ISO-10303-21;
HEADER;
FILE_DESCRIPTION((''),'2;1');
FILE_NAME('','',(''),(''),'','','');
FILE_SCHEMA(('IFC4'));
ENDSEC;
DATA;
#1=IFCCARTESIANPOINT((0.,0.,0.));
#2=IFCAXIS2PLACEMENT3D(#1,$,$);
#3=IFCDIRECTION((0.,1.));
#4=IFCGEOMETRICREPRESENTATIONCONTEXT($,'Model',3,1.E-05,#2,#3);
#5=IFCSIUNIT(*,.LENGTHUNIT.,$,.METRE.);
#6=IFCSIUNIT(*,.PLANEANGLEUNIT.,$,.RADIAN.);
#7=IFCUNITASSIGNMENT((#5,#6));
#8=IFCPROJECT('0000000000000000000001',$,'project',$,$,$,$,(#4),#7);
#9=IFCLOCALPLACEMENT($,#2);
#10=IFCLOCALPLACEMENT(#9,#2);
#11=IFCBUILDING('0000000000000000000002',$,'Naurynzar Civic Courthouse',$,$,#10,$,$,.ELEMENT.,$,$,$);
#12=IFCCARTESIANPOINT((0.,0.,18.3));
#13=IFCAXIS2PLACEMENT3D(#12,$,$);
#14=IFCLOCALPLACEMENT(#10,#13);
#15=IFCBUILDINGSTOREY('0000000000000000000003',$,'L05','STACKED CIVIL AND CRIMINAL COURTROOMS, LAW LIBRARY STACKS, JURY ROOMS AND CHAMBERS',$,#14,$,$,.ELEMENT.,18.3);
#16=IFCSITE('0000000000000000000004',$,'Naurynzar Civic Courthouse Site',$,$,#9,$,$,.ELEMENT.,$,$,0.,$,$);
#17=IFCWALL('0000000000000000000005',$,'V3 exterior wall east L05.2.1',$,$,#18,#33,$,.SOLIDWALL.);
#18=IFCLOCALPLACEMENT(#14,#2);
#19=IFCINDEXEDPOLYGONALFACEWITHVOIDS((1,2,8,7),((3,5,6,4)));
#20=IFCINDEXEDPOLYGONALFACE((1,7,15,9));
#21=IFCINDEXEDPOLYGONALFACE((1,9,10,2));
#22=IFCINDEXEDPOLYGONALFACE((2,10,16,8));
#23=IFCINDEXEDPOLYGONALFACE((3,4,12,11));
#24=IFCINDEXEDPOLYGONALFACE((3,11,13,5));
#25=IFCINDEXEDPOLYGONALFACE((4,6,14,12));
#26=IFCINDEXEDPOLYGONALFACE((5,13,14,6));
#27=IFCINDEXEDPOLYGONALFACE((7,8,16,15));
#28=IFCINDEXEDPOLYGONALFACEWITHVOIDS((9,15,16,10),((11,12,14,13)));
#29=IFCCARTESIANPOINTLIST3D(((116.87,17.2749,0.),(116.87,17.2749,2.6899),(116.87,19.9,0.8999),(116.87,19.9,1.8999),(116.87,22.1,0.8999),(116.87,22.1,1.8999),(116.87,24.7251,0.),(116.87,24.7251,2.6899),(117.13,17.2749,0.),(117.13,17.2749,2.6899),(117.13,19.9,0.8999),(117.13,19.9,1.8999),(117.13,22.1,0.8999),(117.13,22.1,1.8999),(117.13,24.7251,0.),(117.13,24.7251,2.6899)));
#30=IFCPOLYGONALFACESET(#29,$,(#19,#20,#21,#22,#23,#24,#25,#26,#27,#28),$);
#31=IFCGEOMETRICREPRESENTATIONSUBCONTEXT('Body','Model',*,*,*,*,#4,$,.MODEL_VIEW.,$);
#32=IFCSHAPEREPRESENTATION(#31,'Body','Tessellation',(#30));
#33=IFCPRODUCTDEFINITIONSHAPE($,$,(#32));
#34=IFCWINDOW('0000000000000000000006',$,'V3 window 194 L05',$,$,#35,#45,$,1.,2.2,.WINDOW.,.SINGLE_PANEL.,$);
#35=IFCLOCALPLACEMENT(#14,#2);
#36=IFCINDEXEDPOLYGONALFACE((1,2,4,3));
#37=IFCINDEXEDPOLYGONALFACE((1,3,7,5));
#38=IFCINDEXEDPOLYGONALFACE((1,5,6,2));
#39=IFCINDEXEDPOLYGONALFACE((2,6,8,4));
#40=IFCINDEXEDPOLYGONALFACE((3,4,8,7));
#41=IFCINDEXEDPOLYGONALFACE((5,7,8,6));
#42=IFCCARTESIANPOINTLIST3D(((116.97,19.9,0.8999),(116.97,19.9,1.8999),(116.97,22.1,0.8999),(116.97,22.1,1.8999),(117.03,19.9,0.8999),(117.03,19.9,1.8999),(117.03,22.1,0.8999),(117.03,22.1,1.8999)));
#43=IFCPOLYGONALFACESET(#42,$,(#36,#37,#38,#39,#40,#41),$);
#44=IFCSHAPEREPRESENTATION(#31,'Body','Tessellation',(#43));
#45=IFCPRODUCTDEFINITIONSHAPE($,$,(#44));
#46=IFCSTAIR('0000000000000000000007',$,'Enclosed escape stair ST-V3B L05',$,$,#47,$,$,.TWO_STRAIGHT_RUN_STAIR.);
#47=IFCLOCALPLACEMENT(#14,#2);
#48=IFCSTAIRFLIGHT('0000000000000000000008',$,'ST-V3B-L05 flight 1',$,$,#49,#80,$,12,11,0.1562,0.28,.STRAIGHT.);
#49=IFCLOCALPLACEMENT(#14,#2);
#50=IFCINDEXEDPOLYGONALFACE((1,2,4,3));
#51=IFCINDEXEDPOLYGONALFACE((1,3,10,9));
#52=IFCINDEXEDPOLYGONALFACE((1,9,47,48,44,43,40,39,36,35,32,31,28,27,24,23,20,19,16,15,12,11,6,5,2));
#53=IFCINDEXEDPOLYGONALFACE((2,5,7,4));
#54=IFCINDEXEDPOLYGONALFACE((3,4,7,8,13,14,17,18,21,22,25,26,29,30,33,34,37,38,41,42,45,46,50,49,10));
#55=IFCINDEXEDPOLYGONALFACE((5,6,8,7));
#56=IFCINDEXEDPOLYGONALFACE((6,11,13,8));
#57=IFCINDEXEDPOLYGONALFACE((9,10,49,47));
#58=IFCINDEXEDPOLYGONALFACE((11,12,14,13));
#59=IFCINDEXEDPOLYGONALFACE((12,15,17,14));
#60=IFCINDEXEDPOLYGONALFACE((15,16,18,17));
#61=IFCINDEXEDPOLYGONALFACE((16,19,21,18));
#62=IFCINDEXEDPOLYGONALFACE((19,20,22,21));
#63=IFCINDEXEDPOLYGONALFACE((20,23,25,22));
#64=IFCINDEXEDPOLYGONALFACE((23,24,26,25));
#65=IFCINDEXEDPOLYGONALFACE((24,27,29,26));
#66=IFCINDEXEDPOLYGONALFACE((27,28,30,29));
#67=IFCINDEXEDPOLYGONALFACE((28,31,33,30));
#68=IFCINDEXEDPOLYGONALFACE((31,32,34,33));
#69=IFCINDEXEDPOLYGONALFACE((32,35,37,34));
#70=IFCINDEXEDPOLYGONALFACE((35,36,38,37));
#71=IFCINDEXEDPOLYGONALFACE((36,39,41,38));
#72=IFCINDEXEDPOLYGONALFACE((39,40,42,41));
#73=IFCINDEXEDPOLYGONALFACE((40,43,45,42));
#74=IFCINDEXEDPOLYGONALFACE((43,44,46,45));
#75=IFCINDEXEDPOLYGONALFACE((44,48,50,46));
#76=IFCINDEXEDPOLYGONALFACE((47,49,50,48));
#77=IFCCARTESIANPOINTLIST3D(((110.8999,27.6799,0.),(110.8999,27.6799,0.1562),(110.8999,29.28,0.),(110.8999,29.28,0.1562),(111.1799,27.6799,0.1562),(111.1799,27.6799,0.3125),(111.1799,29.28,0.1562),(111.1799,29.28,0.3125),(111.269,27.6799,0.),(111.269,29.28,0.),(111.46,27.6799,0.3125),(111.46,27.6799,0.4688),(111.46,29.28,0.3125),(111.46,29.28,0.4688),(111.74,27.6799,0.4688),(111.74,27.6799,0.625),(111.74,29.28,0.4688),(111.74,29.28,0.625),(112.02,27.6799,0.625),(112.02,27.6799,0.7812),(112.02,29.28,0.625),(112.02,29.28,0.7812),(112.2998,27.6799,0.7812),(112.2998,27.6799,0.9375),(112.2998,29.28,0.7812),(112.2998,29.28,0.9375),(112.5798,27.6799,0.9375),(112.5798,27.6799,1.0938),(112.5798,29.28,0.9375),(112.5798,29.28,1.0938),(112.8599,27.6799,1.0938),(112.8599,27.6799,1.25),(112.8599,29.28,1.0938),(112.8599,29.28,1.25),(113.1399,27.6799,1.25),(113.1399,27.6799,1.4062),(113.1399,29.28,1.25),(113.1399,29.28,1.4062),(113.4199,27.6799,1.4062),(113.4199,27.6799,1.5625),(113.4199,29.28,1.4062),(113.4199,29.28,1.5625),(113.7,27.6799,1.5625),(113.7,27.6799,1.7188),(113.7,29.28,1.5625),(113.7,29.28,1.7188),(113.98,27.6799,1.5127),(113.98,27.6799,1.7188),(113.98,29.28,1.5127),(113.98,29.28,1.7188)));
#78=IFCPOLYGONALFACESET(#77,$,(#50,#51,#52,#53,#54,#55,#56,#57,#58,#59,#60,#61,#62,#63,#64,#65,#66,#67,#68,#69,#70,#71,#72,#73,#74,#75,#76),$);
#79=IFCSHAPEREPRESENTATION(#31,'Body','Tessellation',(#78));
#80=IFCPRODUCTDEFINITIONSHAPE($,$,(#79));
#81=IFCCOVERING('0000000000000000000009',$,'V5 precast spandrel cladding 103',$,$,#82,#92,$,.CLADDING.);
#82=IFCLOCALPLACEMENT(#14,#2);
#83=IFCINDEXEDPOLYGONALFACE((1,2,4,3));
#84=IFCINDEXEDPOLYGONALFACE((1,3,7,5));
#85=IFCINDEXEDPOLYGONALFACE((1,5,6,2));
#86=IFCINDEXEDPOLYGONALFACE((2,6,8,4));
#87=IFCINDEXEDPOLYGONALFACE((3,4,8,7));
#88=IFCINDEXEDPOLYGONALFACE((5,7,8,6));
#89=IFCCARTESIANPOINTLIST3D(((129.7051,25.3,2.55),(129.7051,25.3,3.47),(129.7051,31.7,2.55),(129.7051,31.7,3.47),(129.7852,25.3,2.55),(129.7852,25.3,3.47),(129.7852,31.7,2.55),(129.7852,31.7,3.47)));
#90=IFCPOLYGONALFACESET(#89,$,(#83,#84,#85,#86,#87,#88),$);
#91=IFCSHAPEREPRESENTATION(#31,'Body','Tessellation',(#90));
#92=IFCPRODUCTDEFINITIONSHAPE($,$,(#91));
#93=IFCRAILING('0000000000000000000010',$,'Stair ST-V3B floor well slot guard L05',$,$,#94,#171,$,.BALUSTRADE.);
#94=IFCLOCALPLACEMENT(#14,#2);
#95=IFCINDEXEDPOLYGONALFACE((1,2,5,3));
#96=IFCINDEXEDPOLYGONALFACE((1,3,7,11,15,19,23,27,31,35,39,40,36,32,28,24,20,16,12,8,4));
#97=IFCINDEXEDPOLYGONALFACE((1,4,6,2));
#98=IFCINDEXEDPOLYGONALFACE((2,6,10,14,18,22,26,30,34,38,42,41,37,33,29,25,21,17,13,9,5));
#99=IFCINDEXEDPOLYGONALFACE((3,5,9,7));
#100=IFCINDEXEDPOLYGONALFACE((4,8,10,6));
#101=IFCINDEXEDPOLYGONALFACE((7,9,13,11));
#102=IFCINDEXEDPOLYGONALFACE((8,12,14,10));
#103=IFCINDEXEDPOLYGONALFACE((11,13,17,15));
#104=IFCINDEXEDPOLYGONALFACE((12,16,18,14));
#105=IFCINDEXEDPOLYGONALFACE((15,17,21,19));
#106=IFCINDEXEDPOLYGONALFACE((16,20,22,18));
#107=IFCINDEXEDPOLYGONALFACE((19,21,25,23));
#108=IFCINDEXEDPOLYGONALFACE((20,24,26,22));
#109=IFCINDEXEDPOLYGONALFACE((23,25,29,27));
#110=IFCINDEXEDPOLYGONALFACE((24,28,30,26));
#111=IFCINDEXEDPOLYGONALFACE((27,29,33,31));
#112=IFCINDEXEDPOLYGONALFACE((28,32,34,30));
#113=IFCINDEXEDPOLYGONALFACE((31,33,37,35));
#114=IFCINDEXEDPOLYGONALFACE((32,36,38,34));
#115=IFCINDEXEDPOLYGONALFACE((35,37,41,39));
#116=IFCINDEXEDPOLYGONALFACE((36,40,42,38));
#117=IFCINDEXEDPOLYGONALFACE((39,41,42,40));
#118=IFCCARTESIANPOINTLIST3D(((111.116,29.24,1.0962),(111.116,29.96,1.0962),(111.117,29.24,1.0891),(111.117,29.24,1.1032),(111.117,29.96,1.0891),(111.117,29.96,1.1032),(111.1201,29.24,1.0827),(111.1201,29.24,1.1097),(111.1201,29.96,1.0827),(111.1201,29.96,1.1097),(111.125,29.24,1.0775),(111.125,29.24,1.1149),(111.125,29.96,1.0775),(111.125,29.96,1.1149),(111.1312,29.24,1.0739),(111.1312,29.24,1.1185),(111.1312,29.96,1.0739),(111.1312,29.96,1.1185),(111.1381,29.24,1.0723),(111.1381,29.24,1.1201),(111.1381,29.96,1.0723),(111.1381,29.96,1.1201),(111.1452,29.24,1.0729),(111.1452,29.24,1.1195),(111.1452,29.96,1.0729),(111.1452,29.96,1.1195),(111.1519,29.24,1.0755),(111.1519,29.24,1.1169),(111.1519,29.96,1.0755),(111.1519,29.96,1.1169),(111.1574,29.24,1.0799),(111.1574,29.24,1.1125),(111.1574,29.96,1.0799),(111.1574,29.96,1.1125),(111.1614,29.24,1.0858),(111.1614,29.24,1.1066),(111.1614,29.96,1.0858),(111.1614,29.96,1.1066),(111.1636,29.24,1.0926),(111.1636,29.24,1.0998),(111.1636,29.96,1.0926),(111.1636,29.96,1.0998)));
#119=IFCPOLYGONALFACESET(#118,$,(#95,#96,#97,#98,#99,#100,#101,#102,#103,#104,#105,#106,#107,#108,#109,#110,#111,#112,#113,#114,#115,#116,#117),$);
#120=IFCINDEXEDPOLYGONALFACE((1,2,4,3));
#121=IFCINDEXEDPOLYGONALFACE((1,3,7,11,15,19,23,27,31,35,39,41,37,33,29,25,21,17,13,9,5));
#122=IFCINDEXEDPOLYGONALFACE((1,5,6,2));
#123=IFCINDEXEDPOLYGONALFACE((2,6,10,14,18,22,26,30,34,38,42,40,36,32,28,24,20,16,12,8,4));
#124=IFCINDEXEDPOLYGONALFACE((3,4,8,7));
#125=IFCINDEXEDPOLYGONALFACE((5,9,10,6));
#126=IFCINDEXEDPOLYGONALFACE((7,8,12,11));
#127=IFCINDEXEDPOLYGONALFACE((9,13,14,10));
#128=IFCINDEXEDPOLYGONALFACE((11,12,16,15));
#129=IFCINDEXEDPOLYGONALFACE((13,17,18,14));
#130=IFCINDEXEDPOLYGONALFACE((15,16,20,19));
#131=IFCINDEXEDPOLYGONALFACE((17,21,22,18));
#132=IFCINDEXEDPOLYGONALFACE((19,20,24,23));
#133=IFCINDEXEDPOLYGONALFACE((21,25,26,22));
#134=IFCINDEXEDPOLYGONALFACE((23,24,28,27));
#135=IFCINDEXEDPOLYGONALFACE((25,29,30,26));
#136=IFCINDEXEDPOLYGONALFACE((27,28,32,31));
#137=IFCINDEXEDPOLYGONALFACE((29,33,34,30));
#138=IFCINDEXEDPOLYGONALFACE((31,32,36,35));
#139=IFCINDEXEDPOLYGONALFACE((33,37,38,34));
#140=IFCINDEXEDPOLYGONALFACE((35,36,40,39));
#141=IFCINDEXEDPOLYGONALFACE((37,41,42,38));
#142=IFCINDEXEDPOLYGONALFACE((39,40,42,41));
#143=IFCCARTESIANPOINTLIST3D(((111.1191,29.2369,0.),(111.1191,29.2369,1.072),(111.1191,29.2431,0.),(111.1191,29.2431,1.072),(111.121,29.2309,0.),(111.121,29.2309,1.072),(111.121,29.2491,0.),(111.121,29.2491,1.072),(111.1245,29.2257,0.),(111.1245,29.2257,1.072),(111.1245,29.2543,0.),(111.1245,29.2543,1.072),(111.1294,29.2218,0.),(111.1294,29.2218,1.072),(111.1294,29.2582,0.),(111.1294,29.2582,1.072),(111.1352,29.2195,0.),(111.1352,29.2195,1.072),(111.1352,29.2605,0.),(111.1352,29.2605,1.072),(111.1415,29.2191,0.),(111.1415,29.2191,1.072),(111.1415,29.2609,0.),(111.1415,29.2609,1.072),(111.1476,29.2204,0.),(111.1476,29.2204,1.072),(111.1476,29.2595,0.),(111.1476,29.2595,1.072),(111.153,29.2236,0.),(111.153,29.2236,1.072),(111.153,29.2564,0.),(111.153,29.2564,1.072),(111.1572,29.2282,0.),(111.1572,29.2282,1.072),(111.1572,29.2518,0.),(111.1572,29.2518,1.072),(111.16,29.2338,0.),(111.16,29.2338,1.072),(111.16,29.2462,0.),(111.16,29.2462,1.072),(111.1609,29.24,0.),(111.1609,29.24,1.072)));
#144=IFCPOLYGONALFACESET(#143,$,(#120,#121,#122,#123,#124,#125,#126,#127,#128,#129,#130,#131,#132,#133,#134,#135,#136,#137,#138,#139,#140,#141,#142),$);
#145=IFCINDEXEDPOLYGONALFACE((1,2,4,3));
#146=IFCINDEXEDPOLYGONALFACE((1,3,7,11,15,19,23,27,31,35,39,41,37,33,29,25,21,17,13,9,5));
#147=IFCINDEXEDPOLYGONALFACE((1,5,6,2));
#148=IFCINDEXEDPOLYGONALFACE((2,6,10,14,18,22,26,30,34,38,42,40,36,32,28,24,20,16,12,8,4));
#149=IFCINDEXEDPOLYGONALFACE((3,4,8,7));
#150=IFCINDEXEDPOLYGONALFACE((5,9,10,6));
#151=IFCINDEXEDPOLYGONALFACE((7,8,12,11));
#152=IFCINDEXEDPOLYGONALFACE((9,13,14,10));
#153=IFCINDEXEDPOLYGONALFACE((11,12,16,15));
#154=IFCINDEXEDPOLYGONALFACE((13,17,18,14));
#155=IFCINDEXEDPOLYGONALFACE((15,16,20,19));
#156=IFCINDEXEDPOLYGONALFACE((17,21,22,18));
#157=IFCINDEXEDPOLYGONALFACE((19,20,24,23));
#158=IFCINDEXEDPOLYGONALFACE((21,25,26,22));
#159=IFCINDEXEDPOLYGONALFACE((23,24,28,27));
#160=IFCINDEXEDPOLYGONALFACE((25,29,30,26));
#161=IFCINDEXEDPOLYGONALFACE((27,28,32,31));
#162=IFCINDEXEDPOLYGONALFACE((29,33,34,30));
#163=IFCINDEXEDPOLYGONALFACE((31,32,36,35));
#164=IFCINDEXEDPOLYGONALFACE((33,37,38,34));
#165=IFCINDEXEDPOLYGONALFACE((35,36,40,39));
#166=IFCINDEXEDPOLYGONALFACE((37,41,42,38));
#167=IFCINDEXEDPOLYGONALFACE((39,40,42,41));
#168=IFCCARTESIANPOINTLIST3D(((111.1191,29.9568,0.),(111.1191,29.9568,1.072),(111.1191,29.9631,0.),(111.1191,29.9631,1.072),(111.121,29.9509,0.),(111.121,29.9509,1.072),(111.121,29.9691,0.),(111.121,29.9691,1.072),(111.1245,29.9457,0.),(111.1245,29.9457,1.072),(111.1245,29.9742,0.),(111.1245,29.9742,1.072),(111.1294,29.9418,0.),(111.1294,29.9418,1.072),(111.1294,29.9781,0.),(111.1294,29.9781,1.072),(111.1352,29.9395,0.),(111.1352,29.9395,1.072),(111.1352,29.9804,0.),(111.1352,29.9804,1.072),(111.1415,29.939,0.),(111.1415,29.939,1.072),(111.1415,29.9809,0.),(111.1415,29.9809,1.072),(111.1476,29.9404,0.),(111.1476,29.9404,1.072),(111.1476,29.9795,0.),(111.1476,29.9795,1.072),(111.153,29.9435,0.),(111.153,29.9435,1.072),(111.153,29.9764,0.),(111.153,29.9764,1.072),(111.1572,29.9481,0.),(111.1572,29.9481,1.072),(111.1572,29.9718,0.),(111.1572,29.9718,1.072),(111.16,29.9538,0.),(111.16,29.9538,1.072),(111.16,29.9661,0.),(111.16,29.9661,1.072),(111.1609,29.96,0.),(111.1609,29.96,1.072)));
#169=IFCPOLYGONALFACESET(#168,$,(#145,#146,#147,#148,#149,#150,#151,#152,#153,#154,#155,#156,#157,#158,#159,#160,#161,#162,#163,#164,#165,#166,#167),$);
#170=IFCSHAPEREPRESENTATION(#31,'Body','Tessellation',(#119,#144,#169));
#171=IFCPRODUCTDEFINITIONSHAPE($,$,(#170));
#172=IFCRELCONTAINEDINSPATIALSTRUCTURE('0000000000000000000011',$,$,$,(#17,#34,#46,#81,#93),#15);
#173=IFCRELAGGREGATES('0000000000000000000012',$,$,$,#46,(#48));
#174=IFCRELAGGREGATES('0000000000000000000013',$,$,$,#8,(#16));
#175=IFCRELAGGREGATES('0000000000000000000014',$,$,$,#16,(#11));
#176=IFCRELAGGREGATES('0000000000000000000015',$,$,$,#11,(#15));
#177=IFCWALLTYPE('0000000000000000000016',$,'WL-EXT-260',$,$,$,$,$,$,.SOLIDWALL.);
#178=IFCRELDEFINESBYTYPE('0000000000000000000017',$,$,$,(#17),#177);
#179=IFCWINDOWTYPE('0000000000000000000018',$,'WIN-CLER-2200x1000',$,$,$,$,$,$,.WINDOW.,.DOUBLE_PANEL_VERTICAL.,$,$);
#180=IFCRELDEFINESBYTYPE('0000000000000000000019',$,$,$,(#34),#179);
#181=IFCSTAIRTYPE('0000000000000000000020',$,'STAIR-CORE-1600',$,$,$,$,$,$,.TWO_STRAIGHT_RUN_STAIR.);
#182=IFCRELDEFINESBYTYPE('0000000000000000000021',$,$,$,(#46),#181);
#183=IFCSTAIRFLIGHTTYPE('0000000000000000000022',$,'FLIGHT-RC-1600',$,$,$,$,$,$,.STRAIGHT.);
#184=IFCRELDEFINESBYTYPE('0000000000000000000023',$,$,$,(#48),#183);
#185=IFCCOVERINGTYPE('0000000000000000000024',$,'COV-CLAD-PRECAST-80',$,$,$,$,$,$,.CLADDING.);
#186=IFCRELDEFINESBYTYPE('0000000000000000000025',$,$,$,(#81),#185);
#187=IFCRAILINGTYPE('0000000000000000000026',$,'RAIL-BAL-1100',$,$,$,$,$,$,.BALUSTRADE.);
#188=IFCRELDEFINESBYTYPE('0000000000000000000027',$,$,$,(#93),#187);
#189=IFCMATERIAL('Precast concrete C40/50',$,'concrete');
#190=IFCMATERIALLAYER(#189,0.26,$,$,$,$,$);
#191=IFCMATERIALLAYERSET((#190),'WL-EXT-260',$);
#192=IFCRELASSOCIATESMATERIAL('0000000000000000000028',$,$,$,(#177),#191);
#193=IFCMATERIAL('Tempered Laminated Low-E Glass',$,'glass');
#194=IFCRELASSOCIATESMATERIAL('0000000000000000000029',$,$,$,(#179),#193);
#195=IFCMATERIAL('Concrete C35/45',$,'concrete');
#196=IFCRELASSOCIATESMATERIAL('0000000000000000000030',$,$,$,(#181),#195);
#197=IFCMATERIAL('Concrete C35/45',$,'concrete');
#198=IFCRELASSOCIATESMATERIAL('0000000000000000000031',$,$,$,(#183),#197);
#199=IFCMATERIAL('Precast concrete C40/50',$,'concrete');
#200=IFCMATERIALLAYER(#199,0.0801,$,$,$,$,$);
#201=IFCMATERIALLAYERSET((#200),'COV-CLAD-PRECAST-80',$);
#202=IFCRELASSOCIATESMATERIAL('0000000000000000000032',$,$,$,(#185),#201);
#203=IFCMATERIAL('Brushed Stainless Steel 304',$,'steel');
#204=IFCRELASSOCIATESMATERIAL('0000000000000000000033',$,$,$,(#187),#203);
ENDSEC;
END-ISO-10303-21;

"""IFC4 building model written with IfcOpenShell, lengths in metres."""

from ifc_helpers import new_model, si_unit, direction, frame, frame_2d, origin, origin_2d, place, context, subcontext, project, spatial, polyline, rectangle, circle, outline, extrude, material, layer, layer_set, type_object, element, fill, aggregate, save


model = new_model("IFC4")

# Units and contexts
model_context = context("Model", 3, precision=1e-05, world=origin(), true_north=direction((0.0, 1.0)))
body_context = subcontext(model_context, "Body", "Model", "MODEL_VIEW")
ifc_project = project(units=[si_unit("LENGTHUNIT", "METRE"), si_unit("PLANEANGLEUNIT", "RADIAN")], contexts=[model_context])

# Site, building, storey
site_placement = place(None, origin())
site = spatial("IfcSite", under=ifc_project, at=site_placement, Name="Naurynzar Civic Courthouse Site", CompositionType="ELEMENT", RefElevation=0.0)
building_placement = place(site_placement, origin())
building = spatial("IfcBuilding", under=site, at=building_placement, Name="Naurynzar Civic Courthouse", CompositionType="ELEMENT")
storey_placement = place(building_placement, frame((0.0, 0.0, 18.3)))
storey = spatial("IfcBuildingStorey", under=building, at=storey_placement, Name="L05", Description="STACKED CIVIL AND CRIMINAL COURTROOMS, LAW LIBRARY STACKS, JURY ROOMS AND CHAMBERS", CompositionType="ELEMENT", Elevation=18.3)

# Wall, opening, window
ifc_material_1 = material(Name="Precast concrete C40/50", Category="concrete")
ifc_layer_1 = layer(ifc_material_1, 0.26)
ifc_layer_set_1 = layer_set([ifc_layer_1], Name="WL-EXT-260")
wall_type_1 = type_object("IfcWallType", Name="WL-EXT-260", PredefinedType="SOLIDWALL", material=ifc_layer_set_1)
wall_1_placement = place(storey_placement, frame((117.0, 24.7251, 0.0), z_axis=(0.0, 0.0, 1.0), x_axis=(0.0, -1.0, 0.0)))
wall_1 = element("IfcWall", 1, at=wall_1_placement, inside=storey, type_object=wall_type_1, Name="V3 exterior wall east L05.2.1", PredefinedType="SOLIDWALL", context=body_context, shape_type="SweptSolid", body=[
    extrude(rectangle(XDim=7.4502, YDim=0.26, at=frame_2d((3.7251, 0.0))), origin(), (0.0, 0.0, 1.0), 2.6899),
])
opening_1_placement = place(wall_1_placement, frame((2.625, 0.0, 0.8999)))
opening_1 = element("IfcOpeningElement", 2, at=opening_1_placement, cuts=wall_1, PredefinedType="OPENING", context=body_context, shape_type="SweptSolid", body=[
    extrude(rectangle(XDim=2.2, YDim=1.0, at=frame_2d((1.1001, 0.5))), frame((0.0, 0.1399, 0.0), z_axis=(0.0, -1.0, 0.0), x_axis=(1.0, 0.0, 0.0)), (0.0, 0.0, 1.0), 0.28),
])
ifc_material_2 = material(Name="Tempered Laminated Low-E Glass", Category="glass")
window_type = type_object("IfcWindowType", Name="WIN-CLER-2200x1000", PartitioningType="DOUBLE_PANEL_VERTICAL", PredefinedType="WINDOW", material=ifc_material_2)
window_placement = place(opening_1_placement, origin())
window = element("IfcWindow", 3, at=window_placement, inside=storey, type_object=window_type, Name="V3 window 194 L05", OverallHeight=1.0, OverallWidth=2.2, PartitioningType="SINGLE_PANEL", PredefinedType="WINDOW", context=body_context, shape_type="SweptSolid", body=[
    extrude(rectangle(XDim=2.2, YDim=1.0, at=frame_2d((1.1001, 0.5))), frame((0.0, 0.03, 0.0), z_axis=(0.0, -1.0, 0.0), x_axis=(1.0, 0.0, 0.0)), (0.0, 0.0, 1.0), 0.0601),
])
fill(opening_1, window)

# Stair, stair flight
ifc_material_3 = material(Name="Concrete C35/45", Category="concrete")
stair_type = type_object("IfcStairType", Name="STAIR-CORE-1600", PredefinedType="TWO_STRAIGHT_RUN_STAIR", material=ifc_material_3)
stair_placement = place(storey_placement, origin())
stair = element("IfcStair", 4, at=stair_placement, inside=storey, type_object=stair_type, Name="Enclosed escape stair ST-V3B L05", PredefinedType="TWO_STRAIGHT_RUN_STAIR")
ifc_material_4 = material(Name="Concrete C35/45", Category="concrete")
stair_flight_type = type_object("IfcStairFlightType", Name="FLIGHT-RC-1600", PredefinedType="STRAIGHT", material=ifc_material_4)
stair_flight_placement = place(storey_placement, frame((110.8999, 28.48, 0.0), z_axis=(0.0, 0.0, 1.0), x_axis=(1.0, 0.0, 0.0)))
stair_flight = element("IfcStairFlight", 5, at=stair_flight_placement, type_object=stair_flight_type, Name="ST-V3B-L05 flight 1", NumberOfRisers=12, NumberOfTreads=11, PredefinedType="STRAIGHT", RiserHeight=0.1562, TreadLength=0.28, context=body_context, shape_type="SweptSolid", body=[
    extrude(outline(polyline([(0.0, 0.0), (0.0, 0.1562), (0.28, 0.1562), (0.28, 0.3125), (0.5601, 0.3125), (0.5601, 0.4688), (0.8401, 0.4688), (0.8401, 0.625), (1.1201, 0.625), (1.1201, 0.7812), (1.3999, 0.7812), (1.3999, 0.9375), (1.6799, 0.9375), (1.6799, 1.0938), (1.96, 1.0938), (1.96, 1.25), (2.24, 1.25), (2.24, 1.4062), (2.52, 1.4062), (2.52, 1.5625), (2.8, 1.5625), (2.8, 1.7188), (3.0801, 1.7188), (3.0801, 1.875), (3.0801, 1.5127), (0.3691, 0.0), (0.0, 0.0)])), frame((0.0, 0.8, 0.0), z_axis=(0.0, -1.0, 0.0), x_axis=(1.0, 0.0, 0.0)), (0.0, 0.0, 1.0), 1.6001),
])
aggregate(stair, [stair_flight])

# Covering
ifc_material_5 = material(Name="Precast concrete C40/50", Category="concrete")
ifc_layer_2 = layer(ifc_material_5, 0.0801)
ifc_layer_set_2 = layer_set([ifc_layer_2], Name="COV-CLAD-PRECAST-80")
covering_type = type_object("IfcCoveringType", Name="COV-CLAD-PRECAST-80", PredefinedType="CLADDING", material=ifc_layer_set_2)
covering_placement = place(storey_placement, frame((129.7451, 28.5, 2.55), z_axis=(0.0, 0.0, 1.0), x_axis=(0.0, 1.0, 0.0)))
element("IfcCovering", 6, at=covering_placement, inside=storey, type_object=covering_type, Name="V5 precast spandrel cladding 103", PredefinedType="CLADDING", context=body_context, shape_type="SweptSolid", body=[
    extrude(rectangle(XDim=6.3999, YDim=0.0801, at=origin_2d()), origin(), (0.0, 0.0, 1.0), 0.9199),
])

# Railing
ifc_material_6 = material(Name="Brushed Stainless Steel 304", Category="steel")
railing_type_1 = type_object("IfcRailingType", Name="RAIL-BAL-1100", PredefinedType="BALUSTRADE", material=ifc_material_6)
for number, where, name in (
    (7, (111.1399, 29.24, 0.0), "Stair ST-V3B floor well slot guard L05"),
):
    element("IfcRailing", number, at=place(storey_placement, frame(where)), inside=storey, type_object=railing_type_1, Name=name, PredefinedType="BALUSTRADE", context=body_context, shape_type="SweptSolid", body=[
        extrude(circle(Radius=0.0239, at=origin_2d()), frame((0.0, 0.0, 1.0962), z_axis=(0.0, 1.0, 0.0), x_axis=(-1.0, 0.0, 0.0)), (0.0, 0.0, 1.0), 0.72),
        extrude(circle(Radius=0.021, at=origin_2d()), origin(), (0.0, 0.0, 1.0), 1.072),
        extrude(circle(Radius=0.021, at=origin_2d()), frame((0.0, 0.72, 0.0)), (0.0, 0.0, 1.0), 1.072),
    ])

save(model, "model.ifc")
